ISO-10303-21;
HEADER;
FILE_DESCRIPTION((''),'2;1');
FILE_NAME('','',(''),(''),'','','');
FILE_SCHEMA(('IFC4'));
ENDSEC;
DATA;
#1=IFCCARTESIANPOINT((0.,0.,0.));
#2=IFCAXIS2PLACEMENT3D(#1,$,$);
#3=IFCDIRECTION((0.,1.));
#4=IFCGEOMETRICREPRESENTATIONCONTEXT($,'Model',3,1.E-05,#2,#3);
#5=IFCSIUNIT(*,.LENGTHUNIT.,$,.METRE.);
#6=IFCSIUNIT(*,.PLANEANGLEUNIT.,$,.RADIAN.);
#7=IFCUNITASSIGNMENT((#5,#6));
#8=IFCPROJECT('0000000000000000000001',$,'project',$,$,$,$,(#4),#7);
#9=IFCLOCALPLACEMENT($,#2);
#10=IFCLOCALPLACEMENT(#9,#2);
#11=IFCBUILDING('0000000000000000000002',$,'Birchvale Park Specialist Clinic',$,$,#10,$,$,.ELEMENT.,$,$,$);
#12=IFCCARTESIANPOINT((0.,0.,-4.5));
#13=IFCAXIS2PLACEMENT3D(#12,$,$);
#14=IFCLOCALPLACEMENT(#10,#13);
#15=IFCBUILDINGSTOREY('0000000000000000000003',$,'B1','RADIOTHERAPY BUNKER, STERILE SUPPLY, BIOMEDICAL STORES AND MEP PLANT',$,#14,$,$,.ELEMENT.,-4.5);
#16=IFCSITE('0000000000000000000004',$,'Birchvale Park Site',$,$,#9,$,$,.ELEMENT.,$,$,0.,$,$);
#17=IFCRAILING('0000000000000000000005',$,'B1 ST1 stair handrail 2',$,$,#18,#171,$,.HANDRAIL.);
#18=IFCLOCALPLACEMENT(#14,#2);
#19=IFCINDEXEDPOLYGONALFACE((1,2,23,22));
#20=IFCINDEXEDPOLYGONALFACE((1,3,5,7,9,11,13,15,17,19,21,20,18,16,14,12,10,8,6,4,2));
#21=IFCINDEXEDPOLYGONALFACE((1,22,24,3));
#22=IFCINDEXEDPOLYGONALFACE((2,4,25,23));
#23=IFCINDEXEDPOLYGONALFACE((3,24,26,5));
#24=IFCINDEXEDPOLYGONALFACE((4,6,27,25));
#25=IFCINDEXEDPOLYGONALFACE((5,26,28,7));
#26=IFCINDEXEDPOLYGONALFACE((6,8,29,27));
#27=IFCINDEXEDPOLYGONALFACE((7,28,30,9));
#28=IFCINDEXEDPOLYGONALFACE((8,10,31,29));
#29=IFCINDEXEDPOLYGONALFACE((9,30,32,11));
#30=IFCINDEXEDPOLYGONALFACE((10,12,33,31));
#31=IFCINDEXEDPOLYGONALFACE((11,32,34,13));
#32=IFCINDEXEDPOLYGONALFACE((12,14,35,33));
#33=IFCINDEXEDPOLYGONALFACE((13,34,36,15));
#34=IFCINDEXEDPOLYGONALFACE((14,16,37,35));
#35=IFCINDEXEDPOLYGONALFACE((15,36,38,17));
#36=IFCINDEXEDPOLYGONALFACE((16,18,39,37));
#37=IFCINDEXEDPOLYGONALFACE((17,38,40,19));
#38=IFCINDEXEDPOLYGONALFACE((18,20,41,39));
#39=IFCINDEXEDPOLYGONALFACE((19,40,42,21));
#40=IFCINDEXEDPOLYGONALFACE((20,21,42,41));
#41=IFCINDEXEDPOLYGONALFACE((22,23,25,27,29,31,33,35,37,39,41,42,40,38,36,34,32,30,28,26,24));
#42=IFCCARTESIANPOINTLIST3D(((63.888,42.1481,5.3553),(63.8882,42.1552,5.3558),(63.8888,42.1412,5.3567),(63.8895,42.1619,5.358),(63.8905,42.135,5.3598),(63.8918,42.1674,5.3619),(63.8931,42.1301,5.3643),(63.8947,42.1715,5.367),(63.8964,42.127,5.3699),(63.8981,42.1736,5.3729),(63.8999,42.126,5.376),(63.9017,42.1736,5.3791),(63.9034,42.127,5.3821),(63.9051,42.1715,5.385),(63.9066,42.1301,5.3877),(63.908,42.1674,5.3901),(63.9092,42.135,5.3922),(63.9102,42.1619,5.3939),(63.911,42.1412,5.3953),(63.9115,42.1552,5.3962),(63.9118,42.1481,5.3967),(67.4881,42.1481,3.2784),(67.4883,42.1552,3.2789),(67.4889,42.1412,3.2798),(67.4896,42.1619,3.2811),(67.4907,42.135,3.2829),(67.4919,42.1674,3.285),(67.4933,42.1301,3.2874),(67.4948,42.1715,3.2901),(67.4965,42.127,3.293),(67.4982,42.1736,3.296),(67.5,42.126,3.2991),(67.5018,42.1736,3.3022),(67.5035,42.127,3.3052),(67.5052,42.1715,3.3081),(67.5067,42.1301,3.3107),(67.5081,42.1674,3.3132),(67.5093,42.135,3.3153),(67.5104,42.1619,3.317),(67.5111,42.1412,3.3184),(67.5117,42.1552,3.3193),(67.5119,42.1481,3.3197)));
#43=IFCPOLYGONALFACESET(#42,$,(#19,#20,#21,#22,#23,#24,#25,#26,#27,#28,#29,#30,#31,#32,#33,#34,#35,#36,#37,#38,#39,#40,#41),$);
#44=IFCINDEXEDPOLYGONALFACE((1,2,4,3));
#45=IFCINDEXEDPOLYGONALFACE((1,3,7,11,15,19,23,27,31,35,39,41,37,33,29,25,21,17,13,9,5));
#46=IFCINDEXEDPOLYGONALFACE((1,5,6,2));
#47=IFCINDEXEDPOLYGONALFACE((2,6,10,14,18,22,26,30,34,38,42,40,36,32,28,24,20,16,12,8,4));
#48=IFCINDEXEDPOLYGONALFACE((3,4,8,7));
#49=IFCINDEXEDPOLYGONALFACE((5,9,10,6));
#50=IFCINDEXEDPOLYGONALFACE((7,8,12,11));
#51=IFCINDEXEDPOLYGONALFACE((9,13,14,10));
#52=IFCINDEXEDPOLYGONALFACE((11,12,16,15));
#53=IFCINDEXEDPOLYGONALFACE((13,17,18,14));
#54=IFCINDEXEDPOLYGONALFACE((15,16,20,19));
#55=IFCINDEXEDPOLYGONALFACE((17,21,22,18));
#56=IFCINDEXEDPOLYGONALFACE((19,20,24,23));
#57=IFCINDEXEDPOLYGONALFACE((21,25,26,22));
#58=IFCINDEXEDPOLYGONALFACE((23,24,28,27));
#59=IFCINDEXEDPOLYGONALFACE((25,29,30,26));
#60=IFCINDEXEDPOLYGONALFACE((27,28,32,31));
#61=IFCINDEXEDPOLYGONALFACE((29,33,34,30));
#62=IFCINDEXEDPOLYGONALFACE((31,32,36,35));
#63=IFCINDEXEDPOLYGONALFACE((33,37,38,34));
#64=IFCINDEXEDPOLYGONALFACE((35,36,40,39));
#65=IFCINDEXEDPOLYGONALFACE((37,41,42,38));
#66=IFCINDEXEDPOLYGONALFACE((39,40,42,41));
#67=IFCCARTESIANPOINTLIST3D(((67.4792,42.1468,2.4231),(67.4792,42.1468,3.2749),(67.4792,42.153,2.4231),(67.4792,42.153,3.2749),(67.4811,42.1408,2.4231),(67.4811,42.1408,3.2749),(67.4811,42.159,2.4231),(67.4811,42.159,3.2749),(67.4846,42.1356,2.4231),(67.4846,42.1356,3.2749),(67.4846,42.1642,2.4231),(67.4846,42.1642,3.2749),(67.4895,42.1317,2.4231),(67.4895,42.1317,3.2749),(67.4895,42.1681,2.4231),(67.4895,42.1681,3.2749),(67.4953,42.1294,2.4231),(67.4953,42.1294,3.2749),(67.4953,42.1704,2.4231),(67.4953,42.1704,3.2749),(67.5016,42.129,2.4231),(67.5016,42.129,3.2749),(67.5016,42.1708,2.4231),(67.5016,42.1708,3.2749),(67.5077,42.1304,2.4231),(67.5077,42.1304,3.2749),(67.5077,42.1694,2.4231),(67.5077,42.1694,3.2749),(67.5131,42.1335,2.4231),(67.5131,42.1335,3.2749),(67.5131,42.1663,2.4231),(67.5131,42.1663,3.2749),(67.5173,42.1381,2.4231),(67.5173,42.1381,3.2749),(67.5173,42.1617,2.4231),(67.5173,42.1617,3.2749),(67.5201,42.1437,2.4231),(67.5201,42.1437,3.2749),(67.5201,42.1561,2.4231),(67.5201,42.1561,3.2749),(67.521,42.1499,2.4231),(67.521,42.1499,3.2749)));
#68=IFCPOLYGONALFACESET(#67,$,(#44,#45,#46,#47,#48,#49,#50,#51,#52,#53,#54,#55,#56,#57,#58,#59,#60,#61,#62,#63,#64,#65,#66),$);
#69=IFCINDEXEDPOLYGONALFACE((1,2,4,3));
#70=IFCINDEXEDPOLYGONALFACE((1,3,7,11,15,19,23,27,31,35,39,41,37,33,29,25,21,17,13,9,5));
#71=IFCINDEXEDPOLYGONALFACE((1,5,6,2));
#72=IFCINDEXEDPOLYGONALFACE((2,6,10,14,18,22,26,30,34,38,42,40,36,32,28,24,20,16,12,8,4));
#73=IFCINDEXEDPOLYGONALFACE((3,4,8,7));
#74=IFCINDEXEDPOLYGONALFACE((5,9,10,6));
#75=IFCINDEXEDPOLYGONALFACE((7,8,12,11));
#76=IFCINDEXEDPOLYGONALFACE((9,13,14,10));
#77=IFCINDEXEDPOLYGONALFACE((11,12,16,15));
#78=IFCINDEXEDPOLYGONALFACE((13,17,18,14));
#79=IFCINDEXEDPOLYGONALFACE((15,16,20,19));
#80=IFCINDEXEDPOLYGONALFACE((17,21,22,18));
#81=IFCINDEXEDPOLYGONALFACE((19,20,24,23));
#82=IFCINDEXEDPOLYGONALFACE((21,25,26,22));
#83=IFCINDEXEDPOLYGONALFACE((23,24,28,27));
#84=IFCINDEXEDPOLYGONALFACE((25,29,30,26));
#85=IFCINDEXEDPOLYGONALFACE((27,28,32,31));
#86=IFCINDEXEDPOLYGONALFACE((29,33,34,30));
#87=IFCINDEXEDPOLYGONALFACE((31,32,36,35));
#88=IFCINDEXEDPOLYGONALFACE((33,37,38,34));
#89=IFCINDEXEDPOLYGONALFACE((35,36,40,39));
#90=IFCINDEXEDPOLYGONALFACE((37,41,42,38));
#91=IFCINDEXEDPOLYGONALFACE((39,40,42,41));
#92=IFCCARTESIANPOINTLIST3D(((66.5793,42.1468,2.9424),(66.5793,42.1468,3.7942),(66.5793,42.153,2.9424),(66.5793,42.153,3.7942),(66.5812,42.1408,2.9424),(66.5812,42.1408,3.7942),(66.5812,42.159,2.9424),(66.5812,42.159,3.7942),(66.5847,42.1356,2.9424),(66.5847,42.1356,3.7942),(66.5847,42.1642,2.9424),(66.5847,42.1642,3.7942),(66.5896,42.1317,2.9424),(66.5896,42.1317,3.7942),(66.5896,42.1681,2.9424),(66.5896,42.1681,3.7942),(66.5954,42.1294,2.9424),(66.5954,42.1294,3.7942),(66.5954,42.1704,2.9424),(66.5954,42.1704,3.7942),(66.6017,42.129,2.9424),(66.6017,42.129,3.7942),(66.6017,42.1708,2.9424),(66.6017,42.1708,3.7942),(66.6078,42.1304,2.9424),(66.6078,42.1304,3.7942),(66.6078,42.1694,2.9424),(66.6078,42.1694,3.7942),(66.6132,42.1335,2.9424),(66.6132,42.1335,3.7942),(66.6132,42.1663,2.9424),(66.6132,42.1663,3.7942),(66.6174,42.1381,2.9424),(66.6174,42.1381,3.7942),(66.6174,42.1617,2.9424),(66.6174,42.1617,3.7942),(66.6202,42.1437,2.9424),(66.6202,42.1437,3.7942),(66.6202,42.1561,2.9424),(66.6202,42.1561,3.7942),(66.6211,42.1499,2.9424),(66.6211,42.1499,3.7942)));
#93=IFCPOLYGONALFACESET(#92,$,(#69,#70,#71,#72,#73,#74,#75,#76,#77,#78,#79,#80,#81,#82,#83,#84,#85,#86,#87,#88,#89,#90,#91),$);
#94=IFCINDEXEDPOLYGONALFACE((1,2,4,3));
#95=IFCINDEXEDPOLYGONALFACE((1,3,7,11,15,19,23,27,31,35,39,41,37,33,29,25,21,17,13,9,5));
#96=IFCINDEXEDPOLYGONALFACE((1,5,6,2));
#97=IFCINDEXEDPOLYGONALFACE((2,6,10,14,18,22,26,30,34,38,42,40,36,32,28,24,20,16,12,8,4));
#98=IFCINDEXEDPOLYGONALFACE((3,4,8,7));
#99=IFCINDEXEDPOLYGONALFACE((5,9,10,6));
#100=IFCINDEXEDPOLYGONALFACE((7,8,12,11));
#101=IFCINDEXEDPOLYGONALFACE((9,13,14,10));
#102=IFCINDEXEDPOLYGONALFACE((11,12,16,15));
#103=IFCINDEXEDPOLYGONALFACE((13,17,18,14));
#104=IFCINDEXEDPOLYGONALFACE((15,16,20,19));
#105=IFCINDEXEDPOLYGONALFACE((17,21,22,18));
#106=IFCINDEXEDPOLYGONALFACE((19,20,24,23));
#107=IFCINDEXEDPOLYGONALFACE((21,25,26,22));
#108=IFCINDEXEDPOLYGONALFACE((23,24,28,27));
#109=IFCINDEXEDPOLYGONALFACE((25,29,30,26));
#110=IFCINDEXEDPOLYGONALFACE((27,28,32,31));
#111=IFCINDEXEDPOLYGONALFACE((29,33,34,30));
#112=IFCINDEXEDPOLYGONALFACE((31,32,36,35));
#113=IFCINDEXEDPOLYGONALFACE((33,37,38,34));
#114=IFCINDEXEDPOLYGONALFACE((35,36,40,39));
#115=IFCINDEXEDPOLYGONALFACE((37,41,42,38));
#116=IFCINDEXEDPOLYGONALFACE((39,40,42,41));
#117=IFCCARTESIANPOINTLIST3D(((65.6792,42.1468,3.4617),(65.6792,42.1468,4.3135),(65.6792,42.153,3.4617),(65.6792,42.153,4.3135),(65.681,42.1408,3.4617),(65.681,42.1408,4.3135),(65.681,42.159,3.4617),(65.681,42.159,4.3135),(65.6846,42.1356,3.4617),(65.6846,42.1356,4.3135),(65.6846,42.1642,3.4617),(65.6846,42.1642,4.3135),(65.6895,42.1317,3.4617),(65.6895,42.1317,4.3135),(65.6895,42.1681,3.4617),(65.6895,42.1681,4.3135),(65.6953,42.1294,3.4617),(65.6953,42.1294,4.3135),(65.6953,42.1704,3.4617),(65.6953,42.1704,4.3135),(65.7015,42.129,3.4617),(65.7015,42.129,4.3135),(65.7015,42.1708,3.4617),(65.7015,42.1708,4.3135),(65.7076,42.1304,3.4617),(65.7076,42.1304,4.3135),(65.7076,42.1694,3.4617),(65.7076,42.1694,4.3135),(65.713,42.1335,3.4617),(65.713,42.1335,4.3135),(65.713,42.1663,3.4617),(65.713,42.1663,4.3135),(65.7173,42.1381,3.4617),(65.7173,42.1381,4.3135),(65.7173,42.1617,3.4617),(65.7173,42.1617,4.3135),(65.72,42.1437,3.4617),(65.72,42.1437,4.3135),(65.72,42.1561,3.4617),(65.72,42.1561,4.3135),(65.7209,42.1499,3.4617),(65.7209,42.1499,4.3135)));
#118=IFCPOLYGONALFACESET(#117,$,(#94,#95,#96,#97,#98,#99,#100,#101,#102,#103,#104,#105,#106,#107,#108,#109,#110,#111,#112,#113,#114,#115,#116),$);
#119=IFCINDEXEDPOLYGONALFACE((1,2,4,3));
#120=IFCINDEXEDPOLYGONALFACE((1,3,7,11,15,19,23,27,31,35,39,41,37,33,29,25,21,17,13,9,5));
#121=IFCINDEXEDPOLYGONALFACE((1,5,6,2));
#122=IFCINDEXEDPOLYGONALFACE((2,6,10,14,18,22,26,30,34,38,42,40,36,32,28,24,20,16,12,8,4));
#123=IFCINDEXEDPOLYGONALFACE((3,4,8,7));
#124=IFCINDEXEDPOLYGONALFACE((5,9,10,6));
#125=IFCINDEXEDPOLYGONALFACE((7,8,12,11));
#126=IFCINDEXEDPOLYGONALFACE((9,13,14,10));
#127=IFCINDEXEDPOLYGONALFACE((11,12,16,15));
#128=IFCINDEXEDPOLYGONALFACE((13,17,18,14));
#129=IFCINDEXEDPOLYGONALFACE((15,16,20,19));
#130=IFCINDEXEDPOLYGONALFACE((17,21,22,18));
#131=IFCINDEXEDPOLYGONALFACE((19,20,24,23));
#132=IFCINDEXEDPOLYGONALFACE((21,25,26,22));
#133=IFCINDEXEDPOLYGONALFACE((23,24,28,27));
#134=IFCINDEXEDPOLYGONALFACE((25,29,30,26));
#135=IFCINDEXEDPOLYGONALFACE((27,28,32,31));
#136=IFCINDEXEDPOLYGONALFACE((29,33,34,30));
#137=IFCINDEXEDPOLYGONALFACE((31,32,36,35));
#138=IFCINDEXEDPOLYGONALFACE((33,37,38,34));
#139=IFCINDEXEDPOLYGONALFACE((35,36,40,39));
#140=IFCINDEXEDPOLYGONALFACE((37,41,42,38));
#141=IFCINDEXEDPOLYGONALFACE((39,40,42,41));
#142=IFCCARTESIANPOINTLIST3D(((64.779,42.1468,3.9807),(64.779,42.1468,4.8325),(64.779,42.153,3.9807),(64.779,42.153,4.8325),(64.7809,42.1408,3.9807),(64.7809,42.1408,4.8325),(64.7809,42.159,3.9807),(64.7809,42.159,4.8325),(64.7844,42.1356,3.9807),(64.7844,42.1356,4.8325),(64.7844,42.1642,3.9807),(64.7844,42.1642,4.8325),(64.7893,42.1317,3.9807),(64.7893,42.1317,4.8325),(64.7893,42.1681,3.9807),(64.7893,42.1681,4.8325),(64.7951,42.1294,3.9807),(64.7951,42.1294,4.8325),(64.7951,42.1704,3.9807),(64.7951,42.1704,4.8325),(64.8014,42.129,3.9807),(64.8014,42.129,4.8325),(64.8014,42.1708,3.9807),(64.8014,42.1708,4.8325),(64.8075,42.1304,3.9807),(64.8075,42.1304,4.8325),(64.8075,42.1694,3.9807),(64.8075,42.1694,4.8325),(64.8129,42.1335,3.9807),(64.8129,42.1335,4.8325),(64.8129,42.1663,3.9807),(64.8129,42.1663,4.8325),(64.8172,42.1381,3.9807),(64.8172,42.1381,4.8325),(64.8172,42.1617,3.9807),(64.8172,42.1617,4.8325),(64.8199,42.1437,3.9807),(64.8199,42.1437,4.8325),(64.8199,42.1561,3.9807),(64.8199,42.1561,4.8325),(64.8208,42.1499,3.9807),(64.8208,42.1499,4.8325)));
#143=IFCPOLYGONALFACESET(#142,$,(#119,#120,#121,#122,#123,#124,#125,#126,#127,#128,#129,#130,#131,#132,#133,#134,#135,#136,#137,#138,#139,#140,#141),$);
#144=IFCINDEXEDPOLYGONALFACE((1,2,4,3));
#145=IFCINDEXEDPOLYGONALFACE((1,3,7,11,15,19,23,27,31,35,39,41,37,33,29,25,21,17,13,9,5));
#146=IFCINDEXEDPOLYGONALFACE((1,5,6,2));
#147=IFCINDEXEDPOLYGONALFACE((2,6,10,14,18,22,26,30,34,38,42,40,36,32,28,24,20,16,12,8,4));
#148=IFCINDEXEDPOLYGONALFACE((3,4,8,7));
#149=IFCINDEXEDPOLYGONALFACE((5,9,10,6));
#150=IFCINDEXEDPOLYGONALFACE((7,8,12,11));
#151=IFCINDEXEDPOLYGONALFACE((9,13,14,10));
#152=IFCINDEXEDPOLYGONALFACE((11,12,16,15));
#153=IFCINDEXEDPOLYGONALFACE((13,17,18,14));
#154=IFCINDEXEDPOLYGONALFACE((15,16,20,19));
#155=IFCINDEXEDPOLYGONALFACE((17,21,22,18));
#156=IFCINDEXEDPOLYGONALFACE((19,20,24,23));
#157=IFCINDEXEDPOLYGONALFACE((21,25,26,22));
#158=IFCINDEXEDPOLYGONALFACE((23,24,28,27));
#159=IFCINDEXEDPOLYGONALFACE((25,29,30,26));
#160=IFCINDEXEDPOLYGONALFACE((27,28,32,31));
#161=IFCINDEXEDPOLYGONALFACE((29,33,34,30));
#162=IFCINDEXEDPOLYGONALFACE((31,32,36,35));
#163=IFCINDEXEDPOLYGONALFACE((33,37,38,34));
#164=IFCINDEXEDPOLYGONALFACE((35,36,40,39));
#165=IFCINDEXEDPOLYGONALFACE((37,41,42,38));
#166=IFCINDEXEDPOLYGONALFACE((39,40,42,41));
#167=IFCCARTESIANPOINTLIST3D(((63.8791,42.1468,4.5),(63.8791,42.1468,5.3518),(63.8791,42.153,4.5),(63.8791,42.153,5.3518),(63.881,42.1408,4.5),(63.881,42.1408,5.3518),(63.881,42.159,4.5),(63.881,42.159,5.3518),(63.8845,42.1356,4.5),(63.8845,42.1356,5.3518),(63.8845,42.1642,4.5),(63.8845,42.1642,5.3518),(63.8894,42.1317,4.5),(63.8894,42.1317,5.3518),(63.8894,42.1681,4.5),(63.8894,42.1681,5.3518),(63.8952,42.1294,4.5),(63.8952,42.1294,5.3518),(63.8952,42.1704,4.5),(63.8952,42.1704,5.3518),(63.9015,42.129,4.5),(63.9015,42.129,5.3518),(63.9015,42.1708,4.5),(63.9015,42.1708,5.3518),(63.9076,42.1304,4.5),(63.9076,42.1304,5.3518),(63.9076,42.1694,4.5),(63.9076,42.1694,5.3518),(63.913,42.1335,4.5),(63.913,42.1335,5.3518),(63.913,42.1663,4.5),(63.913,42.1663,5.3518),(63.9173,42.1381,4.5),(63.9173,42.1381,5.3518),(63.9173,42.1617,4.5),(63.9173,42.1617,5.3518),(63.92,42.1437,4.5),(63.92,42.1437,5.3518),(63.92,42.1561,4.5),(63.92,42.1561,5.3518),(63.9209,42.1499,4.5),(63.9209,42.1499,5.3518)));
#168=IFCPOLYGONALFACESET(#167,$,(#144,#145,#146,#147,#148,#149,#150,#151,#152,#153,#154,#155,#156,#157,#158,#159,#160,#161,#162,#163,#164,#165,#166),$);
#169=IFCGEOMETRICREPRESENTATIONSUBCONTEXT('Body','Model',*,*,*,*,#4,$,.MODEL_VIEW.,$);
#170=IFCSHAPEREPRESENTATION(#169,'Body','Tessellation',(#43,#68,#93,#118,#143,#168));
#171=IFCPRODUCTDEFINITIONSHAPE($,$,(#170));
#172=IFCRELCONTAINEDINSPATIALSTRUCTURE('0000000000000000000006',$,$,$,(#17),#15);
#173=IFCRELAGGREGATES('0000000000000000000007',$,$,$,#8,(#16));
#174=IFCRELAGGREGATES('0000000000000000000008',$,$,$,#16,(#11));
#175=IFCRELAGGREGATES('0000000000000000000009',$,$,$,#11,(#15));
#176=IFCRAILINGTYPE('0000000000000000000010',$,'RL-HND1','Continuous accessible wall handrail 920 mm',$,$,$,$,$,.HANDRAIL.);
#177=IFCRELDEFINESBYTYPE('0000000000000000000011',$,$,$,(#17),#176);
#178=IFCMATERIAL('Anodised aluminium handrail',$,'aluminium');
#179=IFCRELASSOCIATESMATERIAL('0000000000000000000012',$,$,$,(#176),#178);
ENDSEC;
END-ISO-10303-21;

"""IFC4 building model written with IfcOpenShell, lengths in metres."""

from ifc_helpers import new_model, si_unit, direction, frame, origin, origin_2d, place, context, subcontext, project, spatial, circle, extrude, material, type_object, element, save


model = new_model("IFC4")

# Units and contexts
model_context = context("Model", 3, precision=1e-05, world=origin(), true_north=direction((0.0, 1.0)))
body_context = subcontext(model_context, "Body", "Model", "MODEL_VIEW")
ifc_project = project(units=[si_unit("LENGTHUNIT", "METRE"), si_unit("PLANEANGLEUNIT", "RADIAN")], contexts=[model_context])

# Site, building, storey
site_placement = place(None, origin())
site = spatial("IfcSite", under=ifc_project, at=site_placement, Name="Birchvale Park Site", CompositionType="ELEMENT", RefElevation=0.0)
building_placement = place(site_placement, origin())
building = spatial("IfcBuilding", under=site, at=building_placement, Name="Birchvale Park Specialist Clinic", CompositionType="ELEMENT")
storey_placement = place(building_placement, frame((0.0, 0.0, -4.5)))
storey = spatial("IfcBuildingStorey", under=building, at=storey_placement, Name="B1", Description="RADIOTHERAPY BUNKER, STERILE SUPPLY, BIOMEDICAL STORES AND MEP PLANT", CompositionType="ELEMENT", Elevation=-4.5)

# Railing
ifc_material_1 = material(Name="Anodised aluminium handrail", Category="aluminium")
railing_type_1 = type_object("IfcRailingType", Name="RL-HND1", Description="Continuous accessible wall handrail 920 mm", PredefinedType="HANDRAIL", material=ifc_material_1)
railing_1_placement = place(storey_placement, frame((67.5, 42.1499, 2.4231)))
element("IfcRailing", 1, at=railing_1_placement, inside=storey, type_object=railing_type_1, Name="B1 ST1 stair handrail 2", PredefinedType="HANDRAIL", context=body_context, shape_type="SweptSolid", body=[
    extrude(circle(Radius=0.0239, at=origin_2d()), frame((0.0, 0.0, 0.876), z_axis=(-0.866193, 0.0, 0.499709), x_axis=(0.0, -1.0, 0.0)), (0.0, 0.0, 1.0), 4.1562),
    extrude(circle(Radius=0.021, at=origin_2d()), origin(), (0.0, 0.0, 1.0), 0.8518),
    extrude(circle(Radius=0.021, at=origin_2d()), frame((-0.8999, 0.0, 0.5193)), (0.0, 0.0, 1.0), 0.8518),
    extrude(circle(Radius=0.021, at=origin_2d()), frame((-1.8, 0.0, 1.0386)), (0.0, 0.0, 1.0), 0.8518),
    extrude(circle(Radius=0.021, at=origin_2d()), frame((-2.7002, 0.0, 1.5576)), (0.0, 0.0, 1.0), 0.8518),
    extrude(circle(Radius=0.021, at=origin_2d()), frame((-3.6001, 0.0, 2.0769)), (0.0, 0.0, 1.0), 0.8518),
])

save(model, "model.ifc")
